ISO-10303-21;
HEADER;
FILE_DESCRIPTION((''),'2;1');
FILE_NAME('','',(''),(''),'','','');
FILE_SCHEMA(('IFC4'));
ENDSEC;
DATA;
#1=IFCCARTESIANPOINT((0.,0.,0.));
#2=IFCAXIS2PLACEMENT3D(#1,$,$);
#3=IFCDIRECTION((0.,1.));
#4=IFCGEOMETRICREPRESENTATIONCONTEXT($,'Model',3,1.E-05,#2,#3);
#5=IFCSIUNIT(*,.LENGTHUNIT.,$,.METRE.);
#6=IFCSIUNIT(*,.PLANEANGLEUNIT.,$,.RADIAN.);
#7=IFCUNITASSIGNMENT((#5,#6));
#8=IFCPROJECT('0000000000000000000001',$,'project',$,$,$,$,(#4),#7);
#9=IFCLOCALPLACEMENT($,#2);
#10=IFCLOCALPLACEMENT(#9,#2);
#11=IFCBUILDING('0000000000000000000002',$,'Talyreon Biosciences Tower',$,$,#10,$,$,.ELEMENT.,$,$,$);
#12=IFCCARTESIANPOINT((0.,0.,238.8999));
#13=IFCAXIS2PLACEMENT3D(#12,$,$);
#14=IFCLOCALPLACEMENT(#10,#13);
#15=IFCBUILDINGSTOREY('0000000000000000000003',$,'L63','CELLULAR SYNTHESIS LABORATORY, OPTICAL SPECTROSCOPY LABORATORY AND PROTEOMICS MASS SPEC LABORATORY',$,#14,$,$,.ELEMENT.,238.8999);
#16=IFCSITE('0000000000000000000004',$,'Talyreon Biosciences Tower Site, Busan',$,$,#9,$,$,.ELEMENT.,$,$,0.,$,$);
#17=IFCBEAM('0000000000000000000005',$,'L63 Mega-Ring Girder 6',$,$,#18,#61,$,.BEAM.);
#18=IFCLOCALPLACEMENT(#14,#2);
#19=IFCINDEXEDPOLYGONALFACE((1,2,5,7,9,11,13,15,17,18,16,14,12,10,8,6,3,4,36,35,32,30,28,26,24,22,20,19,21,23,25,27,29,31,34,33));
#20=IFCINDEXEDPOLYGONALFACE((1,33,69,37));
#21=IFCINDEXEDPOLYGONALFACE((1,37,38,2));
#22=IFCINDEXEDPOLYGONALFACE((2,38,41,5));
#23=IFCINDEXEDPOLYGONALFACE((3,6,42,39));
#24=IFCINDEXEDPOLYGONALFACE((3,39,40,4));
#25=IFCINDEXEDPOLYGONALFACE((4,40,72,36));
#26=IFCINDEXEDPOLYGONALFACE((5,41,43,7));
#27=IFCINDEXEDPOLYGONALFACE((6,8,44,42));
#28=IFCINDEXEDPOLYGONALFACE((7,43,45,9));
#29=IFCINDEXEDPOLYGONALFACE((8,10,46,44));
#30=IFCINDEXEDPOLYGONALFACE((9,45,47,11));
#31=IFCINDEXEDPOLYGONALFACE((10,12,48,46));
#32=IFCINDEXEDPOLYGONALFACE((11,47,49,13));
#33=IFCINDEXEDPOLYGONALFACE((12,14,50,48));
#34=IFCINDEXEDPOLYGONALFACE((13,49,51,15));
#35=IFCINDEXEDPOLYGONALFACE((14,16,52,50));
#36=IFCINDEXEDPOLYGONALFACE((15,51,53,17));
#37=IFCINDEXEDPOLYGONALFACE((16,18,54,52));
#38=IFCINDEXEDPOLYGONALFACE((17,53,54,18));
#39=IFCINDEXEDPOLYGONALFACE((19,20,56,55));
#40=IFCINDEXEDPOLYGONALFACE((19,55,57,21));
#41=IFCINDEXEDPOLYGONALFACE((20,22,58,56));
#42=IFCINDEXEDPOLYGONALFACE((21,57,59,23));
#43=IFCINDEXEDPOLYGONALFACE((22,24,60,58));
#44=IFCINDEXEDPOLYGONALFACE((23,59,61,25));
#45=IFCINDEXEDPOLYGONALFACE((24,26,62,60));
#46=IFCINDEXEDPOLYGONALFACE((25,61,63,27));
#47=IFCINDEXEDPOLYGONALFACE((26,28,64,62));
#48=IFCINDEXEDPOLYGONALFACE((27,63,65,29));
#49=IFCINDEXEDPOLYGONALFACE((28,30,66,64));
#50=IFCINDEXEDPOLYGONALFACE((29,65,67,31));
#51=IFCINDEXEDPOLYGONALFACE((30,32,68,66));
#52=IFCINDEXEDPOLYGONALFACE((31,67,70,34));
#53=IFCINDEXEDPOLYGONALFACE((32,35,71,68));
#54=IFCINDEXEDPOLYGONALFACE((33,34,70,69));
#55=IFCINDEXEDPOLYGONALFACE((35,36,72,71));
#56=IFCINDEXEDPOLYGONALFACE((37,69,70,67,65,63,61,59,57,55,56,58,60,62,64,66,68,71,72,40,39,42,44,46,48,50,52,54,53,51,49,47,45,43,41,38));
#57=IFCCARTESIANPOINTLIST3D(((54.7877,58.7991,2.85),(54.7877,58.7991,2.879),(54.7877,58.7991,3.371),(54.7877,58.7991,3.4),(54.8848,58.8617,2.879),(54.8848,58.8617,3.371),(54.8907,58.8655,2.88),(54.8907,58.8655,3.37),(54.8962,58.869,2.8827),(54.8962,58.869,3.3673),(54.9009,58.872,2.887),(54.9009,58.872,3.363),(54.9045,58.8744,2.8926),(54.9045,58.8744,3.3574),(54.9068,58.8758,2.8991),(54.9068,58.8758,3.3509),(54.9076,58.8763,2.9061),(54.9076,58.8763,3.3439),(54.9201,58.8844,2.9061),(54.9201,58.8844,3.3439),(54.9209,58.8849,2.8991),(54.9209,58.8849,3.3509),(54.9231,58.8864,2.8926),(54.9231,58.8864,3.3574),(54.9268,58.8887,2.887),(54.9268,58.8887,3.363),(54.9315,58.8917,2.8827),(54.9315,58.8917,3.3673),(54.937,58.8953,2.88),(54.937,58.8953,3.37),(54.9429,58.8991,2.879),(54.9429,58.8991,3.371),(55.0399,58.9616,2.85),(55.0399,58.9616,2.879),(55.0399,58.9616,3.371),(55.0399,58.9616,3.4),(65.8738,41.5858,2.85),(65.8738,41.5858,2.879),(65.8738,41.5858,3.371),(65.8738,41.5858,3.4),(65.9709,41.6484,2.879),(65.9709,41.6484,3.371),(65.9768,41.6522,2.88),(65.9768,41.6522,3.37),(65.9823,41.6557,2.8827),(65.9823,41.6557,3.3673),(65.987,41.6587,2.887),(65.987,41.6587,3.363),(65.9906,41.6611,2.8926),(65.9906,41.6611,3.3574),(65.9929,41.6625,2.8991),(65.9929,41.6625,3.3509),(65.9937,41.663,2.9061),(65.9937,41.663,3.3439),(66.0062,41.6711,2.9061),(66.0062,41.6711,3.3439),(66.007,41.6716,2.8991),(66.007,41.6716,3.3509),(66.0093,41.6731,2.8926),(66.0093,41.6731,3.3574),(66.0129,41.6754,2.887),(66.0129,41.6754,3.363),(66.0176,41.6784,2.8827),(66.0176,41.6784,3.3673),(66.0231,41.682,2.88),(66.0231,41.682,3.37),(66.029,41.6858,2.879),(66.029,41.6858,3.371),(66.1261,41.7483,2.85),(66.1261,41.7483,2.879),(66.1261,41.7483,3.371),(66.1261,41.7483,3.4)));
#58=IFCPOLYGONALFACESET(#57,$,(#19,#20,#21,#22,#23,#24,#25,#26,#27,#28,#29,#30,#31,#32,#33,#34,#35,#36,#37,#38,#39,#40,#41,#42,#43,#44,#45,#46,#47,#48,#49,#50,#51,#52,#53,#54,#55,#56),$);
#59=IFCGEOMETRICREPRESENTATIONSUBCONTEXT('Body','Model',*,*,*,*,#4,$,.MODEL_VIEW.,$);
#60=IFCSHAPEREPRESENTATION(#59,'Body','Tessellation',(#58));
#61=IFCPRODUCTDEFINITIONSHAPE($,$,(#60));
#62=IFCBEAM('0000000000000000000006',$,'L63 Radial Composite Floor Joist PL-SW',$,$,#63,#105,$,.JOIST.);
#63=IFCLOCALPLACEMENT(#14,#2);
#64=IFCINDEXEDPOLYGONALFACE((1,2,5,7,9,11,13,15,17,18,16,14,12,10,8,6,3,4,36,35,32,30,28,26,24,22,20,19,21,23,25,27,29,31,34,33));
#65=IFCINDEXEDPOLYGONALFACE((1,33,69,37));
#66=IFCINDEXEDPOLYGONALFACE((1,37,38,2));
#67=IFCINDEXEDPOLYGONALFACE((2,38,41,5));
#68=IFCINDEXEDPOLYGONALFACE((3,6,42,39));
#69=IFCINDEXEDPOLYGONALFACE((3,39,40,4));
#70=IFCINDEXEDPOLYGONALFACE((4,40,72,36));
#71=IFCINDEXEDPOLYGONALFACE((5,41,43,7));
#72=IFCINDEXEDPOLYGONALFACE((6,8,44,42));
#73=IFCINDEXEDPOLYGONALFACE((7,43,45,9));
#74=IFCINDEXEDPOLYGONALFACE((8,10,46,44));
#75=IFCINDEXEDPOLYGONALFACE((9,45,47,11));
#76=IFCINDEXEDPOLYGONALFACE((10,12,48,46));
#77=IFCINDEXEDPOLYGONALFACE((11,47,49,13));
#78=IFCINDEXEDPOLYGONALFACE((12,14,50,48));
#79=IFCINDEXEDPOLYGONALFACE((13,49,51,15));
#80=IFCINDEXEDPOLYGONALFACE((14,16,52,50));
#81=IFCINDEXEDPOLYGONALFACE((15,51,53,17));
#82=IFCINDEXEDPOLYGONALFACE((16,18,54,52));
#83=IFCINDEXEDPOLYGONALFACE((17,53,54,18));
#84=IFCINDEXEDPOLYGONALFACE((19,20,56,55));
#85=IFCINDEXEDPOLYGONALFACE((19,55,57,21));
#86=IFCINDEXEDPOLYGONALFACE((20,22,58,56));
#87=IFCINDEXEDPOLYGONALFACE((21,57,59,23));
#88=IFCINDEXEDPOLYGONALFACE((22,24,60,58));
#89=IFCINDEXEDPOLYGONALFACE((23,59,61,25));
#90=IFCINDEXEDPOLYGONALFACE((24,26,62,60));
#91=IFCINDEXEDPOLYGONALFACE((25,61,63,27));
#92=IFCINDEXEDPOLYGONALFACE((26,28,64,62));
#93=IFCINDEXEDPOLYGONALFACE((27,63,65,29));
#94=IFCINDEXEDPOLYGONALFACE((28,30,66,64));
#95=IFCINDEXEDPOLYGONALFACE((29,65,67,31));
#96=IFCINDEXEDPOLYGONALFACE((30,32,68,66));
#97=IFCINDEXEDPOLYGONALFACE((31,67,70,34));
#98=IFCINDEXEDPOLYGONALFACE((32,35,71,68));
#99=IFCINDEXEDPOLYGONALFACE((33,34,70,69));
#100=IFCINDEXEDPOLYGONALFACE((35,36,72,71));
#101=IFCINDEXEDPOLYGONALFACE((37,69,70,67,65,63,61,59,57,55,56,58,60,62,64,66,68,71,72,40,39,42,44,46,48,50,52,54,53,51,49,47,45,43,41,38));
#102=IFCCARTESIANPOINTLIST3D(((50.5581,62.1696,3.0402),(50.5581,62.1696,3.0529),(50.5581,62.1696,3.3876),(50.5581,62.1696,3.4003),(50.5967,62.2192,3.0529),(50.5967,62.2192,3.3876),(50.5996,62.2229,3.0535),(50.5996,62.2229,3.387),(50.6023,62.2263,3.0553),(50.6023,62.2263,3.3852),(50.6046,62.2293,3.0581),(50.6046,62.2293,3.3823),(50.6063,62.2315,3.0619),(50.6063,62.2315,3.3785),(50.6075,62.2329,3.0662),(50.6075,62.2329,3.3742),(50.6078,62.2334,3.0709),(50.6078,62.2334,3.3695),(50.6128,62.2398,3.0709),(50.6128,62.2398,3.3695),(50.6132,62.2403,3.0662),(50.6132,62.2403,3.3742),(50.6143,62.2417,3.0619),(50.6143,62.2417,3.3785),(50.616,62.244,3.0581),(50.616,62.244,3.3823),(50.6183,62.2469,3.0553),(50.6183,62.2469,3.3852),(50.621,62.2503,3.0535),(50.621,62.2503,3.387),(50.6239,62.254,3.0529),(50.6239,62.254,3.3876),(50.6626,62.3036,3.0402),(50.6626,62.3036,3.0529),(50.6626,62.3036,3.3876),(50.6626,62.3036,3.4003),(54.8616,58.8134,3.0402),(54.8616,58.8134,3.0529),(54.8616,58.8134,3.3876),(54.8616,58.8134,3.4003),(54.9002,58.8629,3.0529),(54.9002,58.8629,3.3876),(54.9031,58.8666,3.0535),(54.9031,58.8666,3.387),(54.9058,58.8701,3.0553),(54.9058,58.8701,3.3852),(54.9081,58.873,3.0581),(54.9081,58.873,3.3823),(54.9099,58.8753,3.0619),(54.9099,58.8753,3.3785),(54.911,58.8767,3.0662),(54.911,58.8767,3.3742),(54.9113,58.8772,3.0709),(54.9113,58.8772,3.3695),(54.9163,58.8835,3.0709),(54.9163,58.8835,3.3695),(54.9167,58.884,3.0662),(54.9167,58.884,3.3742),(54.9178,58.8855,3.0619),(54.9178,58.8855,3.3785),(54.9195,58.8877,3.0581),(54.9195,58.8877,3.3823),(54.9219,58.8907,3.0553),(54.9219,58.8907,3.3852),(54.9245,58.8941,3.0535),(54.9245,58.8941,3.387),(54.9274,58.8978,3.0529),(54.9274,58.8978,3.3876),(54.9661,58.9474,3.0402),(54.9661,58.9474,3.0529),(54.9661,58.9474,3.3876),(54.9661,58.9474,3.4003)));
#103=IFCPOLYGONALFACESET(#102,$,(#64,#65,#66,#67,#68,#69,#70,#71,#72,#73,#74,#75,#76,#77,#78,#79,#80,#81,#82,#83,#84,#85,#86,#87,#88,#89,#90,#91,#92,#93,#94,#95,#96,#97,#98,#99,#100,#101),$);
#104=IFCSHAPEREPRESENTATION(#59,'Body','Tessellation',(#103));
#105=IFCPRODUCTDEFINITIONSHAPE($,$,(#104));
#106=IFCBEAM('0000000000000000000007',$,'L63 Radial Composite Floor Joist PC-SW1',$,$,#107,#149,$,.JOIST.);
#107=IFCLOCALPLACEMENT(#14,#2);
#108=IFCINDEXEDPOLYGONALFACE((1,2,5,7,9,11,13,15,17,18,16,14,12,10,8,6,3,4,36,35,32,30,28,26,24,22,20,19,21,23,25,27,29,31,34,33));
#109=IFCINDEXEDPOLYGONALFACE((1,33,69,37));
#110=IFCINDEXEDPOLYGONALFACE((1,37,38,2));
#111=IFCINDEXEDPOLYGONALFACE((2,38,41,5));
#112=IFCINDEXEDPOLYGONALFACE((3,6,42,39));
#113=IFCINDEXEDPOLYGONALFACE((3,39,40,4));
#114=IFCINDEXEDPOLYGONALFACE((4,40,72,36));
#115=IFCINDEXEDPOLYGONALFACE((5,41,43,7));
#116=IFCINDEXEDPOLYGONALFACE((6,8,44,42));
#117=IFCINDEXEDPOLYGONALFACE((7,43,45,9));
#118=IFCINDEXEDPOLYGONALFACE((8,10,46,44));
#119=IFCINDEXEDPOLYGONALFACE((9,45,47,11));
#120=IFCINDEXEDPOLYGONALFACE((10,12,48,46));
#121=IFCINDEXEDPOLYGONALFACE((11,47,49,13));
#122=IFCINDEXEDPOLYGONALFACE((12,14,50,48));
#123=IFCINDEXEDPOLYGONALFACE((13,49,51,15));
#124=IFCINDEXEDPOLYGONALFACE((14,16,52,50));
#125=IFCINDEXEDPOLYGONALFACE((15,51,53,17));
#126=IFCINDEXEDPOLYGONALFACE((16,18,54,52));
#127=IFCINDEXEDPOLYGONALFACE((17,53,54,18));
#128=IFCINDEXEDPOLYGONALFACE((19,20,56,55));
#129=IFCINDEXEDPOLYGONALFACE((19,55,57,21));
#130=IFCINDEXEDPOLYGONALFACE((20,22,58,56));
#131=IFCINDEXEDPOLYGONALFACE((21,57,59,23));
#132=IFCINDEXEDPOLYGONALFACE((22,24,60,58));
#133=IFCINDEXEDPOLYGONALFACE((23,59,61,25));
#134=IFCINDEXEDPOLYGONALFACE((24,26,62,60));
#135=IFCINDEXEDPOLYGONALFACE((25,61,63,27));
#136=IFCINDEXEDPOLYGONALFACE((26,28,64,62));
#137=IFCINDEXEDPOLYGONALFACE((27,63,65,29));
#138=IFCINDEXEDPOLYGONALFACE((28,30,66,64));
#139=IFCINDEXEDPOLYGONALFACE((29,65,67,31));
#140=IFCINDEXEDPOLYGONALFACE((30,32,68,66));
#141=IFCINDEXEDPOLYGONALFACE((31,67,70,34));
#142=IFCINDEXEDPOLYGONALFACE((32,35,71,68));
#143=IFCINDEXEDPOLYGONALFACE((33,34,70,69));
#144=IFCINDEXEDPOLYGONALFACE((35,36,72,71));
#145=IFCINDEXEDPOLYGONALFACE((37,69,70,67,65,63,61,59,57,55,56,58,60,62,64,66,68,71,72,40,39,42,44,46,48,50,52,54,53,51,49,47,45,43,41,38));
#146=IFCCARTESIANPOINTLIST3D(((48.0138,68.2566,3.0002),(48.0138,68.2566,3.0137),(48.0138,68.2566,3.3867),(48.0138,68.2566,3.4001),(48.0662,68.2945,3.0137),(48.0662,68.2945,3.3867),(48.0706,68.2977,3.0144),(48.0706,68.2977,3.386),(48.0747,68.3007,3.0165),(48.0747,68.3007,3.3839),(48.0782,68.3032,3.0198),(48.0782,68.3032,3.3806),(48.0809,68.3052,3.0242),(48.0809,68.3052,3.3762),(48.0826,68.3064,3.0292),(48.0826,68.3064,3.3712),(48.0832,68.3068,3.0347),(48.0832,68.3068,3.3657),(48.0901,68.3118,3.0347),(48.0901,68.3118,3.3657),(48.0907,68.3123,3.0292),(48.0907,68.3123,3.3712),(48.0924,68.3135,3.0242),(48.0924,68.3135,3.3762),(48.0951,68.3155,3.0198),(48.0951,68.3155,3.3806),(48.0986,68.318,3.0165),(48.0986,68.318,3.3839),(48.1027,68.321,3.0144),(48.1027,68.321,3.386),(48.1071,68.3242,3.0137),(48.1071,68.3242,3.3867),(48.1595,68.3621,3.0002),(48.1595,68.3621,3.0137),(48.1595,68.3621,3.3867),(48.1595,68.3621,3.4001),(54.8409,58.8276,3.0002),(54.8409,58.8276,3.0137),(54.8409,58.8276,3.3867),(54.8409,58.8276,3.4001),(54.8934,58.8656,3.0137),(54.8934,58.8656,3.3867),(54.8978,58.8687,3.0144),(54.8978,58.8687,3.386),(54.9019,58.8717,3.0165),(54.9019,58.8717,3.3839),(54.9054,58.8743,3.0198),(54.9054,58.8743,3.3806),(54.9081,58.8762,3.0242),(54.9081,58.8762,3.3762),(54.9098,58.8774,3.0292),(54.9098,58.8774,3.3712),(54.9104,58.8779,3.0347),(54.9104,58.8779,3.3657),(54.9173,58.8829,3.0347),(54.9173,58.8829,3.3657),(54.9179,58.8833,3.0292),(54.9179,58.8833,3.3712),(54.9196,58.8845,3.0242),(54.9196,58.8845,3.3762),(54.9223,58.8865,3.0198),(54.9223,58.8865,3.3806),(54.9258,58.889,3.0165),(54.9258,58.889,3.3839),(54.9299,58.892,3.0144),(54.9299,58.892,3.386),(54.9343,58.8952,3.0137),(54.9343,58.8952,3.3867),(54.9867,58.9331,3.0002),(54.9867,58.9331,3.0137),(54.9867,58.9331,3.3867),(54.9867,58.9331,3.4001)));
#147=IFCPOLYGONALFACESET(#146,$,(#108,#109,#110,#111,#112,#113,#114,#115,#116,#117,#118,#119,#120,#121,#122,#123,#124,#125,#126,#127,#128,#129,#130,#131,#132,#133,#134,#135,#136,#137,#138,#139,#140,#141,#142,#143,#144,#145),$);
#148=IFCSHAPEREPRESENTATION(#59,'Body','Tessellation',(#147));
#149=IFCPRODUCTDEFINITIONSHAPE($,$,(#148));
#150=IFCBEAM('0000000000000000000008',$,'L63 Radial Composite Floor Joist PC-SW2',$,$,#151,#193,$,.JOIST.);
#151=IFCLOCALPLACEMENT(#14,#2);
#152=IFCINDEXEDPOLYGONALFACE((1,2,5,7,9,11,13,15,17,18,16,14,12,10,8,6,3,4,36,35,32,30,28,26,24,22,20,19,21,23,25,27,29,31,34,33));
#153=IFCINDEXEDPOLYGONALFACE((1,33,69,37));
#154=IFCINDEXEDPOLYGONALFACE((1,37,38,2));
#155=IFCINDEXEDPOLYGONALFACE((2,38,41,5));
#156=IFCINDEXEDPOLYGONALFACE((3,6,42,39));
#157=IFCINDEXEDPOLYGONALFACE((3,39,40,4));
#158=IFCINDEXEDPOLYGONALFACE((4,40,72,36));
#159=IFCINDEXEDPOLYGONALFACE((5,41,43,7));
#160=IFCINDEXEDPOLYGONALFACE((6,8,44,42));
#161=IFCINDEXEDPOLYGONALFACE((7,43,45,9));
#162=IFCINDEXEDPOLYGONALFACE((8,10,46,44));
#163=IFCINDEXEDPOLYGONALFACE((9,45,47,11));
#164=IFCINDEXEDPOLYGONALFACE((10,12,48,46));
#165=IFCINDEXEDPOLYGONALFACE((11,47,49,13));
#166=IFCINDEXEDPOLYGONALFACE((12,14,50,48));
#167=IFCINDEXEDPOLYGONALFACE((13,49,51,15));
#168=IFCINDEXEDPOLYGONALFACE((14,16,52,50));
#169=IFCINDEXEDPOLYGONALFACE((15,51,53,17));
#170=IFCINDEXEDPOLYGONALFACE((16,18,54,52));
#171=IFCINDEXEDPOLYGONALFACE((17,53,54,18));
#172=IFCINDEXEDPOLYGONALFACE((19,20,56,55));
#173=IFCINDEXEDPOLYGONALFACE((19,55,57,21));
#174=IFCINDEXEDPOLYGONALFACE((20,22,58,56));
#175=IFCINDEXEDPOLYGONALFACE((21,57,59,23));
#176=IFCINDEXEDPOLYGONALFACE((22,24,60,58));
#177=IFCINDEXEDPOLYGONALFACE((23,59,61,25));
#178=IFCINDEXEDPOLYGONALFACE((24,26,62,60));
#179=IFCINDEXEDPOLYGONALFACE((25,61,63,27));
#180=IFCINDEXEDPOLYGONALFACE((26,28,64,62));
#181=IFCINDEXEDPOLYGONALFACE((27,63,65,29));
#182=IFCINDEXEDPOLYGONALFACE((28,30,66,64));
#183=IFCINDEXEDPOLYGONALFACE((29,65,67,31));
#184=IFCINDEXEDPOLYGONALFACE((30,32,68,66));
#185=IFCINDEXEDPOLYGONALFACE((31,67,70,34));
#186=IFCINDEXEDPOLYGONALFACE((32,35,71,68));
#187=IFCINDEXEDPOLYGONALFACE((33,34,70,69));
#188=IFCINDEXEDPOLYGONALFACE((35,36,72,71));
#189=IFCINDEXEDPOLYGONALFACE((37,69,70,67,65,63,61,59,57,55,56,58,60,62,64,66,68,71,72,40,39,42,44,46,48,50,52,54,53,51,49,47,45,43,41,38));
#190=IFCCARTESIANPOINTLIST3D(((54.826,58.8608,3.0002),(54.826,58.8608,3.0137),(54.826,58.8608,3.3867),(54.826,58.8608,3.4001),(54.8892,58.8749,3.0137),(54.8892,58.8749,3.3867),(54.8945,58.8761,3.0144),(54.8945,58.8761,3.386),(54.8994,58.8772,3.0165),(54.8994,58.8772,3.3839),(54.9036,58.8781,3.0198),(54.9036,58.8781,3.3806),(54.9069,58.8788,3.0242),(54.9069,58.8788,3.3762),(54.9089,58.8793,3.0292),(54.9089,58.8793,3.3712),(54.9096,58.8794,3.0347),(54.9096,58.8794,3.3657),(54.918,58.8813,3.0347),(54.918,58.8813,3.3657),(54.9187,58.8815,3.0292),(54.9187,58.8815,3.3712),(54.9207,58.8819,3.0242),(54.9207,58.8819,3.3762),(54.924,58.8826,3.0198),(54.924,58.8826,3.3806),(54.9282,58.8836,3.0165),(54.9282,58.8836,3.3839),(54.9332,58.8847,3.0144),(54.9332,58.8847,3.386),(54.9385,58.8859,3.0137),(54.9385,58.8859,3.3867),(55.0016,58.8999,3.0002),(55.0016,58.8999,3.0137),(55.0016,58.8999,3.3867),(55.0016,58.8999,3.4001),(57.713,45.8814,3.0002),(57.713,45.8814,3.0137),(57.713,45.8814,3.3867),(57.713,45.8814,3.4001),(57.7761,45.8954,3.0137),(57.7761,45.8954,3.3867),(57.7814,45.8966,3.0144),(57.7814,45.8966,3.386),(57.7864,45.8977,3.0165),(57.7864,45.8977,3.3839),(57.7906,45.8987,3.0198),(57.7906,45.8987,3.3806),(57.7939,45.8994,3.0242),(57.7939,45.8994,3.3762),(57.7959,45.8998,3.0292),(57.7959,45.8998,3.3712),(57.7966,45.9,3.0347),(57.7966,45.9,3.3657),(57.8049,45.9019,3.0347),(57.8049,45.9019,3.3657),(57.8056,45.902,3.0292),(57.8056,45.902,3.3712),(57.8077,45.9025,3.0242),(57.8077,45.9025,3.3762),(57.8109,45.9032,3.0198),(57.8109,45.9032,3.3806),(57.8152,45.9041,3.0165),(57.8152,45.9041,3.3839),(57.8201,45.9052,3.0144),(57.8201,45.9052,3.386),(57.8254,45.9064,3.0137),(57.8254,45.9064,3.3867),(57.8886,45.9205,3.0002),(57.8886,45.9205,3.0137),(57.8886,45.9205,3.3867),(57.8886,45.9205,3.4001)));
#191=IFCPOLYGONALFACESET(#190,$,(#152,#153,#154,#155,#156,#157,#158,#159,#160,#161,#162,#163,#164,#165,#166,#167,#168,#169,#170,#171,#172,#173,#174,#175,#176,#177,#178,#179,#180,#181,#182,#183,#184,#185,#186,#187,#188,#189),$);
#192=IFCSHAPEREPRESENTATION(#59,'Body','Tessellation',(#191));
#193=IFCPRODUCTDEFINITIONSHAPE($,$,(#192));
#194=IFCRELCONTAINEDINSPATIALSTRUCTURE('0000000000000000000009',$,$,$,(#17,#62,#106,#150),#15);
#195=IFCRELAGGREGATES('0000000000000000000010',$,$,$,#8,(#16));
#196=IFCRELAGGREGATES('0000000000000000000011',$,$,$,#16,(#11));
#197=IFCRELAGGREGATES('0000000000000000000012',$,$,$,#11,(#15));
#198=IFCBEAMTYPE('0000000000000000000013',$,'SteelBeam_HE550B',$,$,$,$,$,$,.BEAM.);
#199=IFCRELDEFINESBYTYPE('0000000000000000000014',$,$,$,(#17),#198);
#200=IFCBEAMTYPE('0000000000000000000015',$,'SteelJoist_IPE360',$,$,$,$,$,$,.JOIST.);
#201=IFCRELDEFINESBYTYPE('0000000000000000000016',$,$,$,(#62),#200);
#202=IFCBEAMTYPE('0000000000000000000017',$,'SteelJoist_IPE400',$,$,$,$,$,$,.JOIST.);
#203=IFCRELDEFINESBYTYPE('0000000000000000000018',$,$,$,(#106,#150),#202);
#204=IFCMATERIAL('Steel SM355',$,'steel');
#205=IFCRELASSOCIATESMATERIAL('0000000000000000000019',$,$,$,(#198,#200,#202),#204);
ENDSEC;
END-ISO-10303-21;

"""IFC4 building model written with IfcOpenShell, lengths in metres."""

from ifc_helpers import new_model, si_unit, direction, frame, origin, origin_2d, place, context, subcontext, project, spatial, i_section, extrude, material, material_profile, profile_set, type_object, element, save


model = new_model("IFC4")

# Units and contexts
model_context = context("Model", 3, precision=1e-05, world=origin(), true_north=direction((0.0, 1.0)))
body_context = subcontext(model_context, "Body", "Model", "MODEL_VIEW")
ifc_project = project(units=[si_unit("LENGTHUNIT", "METRE"), si_unit("PLANEANGLEUNIT", "RADIAN")], contexts=[model_context])

# Site, building, storey
site_placement = place(None, origin())
site = spatial("IfcSite", under=ifc_project, at=site_placement, Name="Talyreon Biosciences Tower Site, Busan", CompositionType="ELEMENT", RefElevation=0.0)
building_placement = place(site_placement, origin())
building = spatial("IfcBuilding", under=site, at=building_placement, Name="Talyreon Biosciences Tower", CompositionType="ELEMENT")
storey_placement = place(building_placement, frame((0.0, 0.0, 238.8999)))
storey = spatial("IfcBuildingStorey", under=building, at=storey_placement, Name="L63", Description="CELLULAR SYNTHESIS LABORATORY, OPTICAL SPECTROSCOPY LABORATORY AND PROTEOMICS MASS SPEC LABORATORY", CompositionType="ELEMENT", Elevation=238.8999)

# Beams
ifc_material_1 = material(Name="Steel SM355", Category="steel")
ifc_material_profile_1 = material_profile(ifc_material_1, i_section(OverallWidth=0.3, OverallDepth=0.55, WebThickness=0.0149, FlangeThickness=0.0291, FilletRadius=0.0271, at=origin_2d()), Name="HE550B")
ifc_profile_set_1 = profile_set([ifc_material_profile_1], Name="Steel SM355")
beam_type_1 = type_object("IfcBeamType", Name="SteelBeam_HE550B", PredefinedType="BEAM", material=ifc_profile_set_1)
beam_1_placement = place(storey_placement, frame((54.9138, 58.8804, 3.125), z_axis=(0.541464, -0.840724, 0.0), x_axis=(0.840724, 0.541464, 0.0)))
element("IfcBeam", 1, at=beam_1_placement, inside=storey, type_object=beam_type_1, Name="L63 Mega-Ring Girder 6", PredefinedType="BEAM", context=body_context, shape_type="SweptSolid", body=[
    extrude(i_section(OverallWidth=0.3, OverallDepth=0.55, WebThickness=0.0149, FlangeThickness=0.0291, FilletRadius=0.0271, at=origin_2d()), origin(), (0.0, 0.0, 1.0), 20.4744),
])
ifc_material_profile_2 = material_profile(ifc_material_1, i_section(OverallWidth=0.1699, OverallDepth=0.3601, WebThickness=0.0081, FlangeThickness=0.0127, FilletRadius=0.0181, at=origin_2d()), Name="IPE360")
ifc_profile_set_2 = profile_set([ifc_material_profile_2], Name="Steel SM355")
beam_type_2 = type_object("IfcBeamType", Name="SteelJoist_IPE360", PredefinedType="JOIST", material=ifc_profile_set_2)
beam_2_placement = place(storey_placement, frame((54.9138, 58.8804, 3.2202), z_axis=(-0.788547, 0.614975, 0.0), x_axis=(-0.614975, -0.788547, 0.0)))
element("IfcBeam", 2, at=beam_2_placement, inside=storey, type_object=beam_type_2, Name="L63 Radial Composite Floor Joist PL-SW", PredefinedType="JOIST", context=body_context, shape_type="SweptSolid", body=[
    extrude(i_section(OverallWidth=0.1699, OverallDepth=0.3601, WebThickness=0.0081, FlangeThickness=0.0127, FilletRadius=0.0181, at=origin_2d()), origin(), (0.0, 0.0, 1.0), 5.4575),
])
ifc_material_profile_3 = material_profile(ifc_material_1, i_section(OverallWidth=0.1799, OverallDepth=0.3999, WebThickness=0.0085, FlangeThickness=0.0134, FilletRadius=0.021, at=origin_2d()), Name="IPE400")
ifc_profile_set_3 = profile_set([ifc_material_profile_3], Name="Steel SM355")
beam_type_3 = type_object("IfcBeamType", Name="SteelJoist_IPE400", PredefinedType="JOIST", material=ifc_profile_set_3)
beam_3_placement = place(storey_placement, frame((54.9138, 58.8804, 3.2002), z_axis=(-0.586469, 0.809971, 0.0), x_axis=(-0.809971, -0.586469, 0.0)))
element("IfcBeam", 3, at=beam_3_placement, inside=storey, type_object=beam_type_3, Name="L63 Radial Composite Floor Joist PC-SW1", PredefinedType="JOIST", context=body_context, shape_type="SweptSolid", body=[
    extrude(i_section(OverallWidth=0.1799, OverallDepth=0.3999, WebThickness=0.0085, FlangeThickness=0.0134, FilletRadius=0.021, at=origin_2d()), origin(), (0.0, 0.0, 1.0), 11.6411),
])
beam_4_placement = place(storey_placement, frame((54.9138, 58.8804, 3.2002), z_axis=(0.217119, -0.976145, 0.0), x_axis=(0.976145, 0.217119, 0.0)))
element("IfcBeam", 4, at=beam_4_placement, inside=storey, type_object=beam_type_3, Name="L63 Radial Composite Floor Joist PC-SW2", PredefinedType="JOIST", context=body_context, shape_type="SweptSolid", body=[
    extrude(i_section(OverallWidth=0.1799, OverallDepth=0.3999, WebThickness=0.0085, FlangeThickness=0.0134, FilletRadius=0.021, at=origin_2d()), origin(), (0.0, 0.0, 1.0), 13.2966),
])

save(model, "model.ifc")
